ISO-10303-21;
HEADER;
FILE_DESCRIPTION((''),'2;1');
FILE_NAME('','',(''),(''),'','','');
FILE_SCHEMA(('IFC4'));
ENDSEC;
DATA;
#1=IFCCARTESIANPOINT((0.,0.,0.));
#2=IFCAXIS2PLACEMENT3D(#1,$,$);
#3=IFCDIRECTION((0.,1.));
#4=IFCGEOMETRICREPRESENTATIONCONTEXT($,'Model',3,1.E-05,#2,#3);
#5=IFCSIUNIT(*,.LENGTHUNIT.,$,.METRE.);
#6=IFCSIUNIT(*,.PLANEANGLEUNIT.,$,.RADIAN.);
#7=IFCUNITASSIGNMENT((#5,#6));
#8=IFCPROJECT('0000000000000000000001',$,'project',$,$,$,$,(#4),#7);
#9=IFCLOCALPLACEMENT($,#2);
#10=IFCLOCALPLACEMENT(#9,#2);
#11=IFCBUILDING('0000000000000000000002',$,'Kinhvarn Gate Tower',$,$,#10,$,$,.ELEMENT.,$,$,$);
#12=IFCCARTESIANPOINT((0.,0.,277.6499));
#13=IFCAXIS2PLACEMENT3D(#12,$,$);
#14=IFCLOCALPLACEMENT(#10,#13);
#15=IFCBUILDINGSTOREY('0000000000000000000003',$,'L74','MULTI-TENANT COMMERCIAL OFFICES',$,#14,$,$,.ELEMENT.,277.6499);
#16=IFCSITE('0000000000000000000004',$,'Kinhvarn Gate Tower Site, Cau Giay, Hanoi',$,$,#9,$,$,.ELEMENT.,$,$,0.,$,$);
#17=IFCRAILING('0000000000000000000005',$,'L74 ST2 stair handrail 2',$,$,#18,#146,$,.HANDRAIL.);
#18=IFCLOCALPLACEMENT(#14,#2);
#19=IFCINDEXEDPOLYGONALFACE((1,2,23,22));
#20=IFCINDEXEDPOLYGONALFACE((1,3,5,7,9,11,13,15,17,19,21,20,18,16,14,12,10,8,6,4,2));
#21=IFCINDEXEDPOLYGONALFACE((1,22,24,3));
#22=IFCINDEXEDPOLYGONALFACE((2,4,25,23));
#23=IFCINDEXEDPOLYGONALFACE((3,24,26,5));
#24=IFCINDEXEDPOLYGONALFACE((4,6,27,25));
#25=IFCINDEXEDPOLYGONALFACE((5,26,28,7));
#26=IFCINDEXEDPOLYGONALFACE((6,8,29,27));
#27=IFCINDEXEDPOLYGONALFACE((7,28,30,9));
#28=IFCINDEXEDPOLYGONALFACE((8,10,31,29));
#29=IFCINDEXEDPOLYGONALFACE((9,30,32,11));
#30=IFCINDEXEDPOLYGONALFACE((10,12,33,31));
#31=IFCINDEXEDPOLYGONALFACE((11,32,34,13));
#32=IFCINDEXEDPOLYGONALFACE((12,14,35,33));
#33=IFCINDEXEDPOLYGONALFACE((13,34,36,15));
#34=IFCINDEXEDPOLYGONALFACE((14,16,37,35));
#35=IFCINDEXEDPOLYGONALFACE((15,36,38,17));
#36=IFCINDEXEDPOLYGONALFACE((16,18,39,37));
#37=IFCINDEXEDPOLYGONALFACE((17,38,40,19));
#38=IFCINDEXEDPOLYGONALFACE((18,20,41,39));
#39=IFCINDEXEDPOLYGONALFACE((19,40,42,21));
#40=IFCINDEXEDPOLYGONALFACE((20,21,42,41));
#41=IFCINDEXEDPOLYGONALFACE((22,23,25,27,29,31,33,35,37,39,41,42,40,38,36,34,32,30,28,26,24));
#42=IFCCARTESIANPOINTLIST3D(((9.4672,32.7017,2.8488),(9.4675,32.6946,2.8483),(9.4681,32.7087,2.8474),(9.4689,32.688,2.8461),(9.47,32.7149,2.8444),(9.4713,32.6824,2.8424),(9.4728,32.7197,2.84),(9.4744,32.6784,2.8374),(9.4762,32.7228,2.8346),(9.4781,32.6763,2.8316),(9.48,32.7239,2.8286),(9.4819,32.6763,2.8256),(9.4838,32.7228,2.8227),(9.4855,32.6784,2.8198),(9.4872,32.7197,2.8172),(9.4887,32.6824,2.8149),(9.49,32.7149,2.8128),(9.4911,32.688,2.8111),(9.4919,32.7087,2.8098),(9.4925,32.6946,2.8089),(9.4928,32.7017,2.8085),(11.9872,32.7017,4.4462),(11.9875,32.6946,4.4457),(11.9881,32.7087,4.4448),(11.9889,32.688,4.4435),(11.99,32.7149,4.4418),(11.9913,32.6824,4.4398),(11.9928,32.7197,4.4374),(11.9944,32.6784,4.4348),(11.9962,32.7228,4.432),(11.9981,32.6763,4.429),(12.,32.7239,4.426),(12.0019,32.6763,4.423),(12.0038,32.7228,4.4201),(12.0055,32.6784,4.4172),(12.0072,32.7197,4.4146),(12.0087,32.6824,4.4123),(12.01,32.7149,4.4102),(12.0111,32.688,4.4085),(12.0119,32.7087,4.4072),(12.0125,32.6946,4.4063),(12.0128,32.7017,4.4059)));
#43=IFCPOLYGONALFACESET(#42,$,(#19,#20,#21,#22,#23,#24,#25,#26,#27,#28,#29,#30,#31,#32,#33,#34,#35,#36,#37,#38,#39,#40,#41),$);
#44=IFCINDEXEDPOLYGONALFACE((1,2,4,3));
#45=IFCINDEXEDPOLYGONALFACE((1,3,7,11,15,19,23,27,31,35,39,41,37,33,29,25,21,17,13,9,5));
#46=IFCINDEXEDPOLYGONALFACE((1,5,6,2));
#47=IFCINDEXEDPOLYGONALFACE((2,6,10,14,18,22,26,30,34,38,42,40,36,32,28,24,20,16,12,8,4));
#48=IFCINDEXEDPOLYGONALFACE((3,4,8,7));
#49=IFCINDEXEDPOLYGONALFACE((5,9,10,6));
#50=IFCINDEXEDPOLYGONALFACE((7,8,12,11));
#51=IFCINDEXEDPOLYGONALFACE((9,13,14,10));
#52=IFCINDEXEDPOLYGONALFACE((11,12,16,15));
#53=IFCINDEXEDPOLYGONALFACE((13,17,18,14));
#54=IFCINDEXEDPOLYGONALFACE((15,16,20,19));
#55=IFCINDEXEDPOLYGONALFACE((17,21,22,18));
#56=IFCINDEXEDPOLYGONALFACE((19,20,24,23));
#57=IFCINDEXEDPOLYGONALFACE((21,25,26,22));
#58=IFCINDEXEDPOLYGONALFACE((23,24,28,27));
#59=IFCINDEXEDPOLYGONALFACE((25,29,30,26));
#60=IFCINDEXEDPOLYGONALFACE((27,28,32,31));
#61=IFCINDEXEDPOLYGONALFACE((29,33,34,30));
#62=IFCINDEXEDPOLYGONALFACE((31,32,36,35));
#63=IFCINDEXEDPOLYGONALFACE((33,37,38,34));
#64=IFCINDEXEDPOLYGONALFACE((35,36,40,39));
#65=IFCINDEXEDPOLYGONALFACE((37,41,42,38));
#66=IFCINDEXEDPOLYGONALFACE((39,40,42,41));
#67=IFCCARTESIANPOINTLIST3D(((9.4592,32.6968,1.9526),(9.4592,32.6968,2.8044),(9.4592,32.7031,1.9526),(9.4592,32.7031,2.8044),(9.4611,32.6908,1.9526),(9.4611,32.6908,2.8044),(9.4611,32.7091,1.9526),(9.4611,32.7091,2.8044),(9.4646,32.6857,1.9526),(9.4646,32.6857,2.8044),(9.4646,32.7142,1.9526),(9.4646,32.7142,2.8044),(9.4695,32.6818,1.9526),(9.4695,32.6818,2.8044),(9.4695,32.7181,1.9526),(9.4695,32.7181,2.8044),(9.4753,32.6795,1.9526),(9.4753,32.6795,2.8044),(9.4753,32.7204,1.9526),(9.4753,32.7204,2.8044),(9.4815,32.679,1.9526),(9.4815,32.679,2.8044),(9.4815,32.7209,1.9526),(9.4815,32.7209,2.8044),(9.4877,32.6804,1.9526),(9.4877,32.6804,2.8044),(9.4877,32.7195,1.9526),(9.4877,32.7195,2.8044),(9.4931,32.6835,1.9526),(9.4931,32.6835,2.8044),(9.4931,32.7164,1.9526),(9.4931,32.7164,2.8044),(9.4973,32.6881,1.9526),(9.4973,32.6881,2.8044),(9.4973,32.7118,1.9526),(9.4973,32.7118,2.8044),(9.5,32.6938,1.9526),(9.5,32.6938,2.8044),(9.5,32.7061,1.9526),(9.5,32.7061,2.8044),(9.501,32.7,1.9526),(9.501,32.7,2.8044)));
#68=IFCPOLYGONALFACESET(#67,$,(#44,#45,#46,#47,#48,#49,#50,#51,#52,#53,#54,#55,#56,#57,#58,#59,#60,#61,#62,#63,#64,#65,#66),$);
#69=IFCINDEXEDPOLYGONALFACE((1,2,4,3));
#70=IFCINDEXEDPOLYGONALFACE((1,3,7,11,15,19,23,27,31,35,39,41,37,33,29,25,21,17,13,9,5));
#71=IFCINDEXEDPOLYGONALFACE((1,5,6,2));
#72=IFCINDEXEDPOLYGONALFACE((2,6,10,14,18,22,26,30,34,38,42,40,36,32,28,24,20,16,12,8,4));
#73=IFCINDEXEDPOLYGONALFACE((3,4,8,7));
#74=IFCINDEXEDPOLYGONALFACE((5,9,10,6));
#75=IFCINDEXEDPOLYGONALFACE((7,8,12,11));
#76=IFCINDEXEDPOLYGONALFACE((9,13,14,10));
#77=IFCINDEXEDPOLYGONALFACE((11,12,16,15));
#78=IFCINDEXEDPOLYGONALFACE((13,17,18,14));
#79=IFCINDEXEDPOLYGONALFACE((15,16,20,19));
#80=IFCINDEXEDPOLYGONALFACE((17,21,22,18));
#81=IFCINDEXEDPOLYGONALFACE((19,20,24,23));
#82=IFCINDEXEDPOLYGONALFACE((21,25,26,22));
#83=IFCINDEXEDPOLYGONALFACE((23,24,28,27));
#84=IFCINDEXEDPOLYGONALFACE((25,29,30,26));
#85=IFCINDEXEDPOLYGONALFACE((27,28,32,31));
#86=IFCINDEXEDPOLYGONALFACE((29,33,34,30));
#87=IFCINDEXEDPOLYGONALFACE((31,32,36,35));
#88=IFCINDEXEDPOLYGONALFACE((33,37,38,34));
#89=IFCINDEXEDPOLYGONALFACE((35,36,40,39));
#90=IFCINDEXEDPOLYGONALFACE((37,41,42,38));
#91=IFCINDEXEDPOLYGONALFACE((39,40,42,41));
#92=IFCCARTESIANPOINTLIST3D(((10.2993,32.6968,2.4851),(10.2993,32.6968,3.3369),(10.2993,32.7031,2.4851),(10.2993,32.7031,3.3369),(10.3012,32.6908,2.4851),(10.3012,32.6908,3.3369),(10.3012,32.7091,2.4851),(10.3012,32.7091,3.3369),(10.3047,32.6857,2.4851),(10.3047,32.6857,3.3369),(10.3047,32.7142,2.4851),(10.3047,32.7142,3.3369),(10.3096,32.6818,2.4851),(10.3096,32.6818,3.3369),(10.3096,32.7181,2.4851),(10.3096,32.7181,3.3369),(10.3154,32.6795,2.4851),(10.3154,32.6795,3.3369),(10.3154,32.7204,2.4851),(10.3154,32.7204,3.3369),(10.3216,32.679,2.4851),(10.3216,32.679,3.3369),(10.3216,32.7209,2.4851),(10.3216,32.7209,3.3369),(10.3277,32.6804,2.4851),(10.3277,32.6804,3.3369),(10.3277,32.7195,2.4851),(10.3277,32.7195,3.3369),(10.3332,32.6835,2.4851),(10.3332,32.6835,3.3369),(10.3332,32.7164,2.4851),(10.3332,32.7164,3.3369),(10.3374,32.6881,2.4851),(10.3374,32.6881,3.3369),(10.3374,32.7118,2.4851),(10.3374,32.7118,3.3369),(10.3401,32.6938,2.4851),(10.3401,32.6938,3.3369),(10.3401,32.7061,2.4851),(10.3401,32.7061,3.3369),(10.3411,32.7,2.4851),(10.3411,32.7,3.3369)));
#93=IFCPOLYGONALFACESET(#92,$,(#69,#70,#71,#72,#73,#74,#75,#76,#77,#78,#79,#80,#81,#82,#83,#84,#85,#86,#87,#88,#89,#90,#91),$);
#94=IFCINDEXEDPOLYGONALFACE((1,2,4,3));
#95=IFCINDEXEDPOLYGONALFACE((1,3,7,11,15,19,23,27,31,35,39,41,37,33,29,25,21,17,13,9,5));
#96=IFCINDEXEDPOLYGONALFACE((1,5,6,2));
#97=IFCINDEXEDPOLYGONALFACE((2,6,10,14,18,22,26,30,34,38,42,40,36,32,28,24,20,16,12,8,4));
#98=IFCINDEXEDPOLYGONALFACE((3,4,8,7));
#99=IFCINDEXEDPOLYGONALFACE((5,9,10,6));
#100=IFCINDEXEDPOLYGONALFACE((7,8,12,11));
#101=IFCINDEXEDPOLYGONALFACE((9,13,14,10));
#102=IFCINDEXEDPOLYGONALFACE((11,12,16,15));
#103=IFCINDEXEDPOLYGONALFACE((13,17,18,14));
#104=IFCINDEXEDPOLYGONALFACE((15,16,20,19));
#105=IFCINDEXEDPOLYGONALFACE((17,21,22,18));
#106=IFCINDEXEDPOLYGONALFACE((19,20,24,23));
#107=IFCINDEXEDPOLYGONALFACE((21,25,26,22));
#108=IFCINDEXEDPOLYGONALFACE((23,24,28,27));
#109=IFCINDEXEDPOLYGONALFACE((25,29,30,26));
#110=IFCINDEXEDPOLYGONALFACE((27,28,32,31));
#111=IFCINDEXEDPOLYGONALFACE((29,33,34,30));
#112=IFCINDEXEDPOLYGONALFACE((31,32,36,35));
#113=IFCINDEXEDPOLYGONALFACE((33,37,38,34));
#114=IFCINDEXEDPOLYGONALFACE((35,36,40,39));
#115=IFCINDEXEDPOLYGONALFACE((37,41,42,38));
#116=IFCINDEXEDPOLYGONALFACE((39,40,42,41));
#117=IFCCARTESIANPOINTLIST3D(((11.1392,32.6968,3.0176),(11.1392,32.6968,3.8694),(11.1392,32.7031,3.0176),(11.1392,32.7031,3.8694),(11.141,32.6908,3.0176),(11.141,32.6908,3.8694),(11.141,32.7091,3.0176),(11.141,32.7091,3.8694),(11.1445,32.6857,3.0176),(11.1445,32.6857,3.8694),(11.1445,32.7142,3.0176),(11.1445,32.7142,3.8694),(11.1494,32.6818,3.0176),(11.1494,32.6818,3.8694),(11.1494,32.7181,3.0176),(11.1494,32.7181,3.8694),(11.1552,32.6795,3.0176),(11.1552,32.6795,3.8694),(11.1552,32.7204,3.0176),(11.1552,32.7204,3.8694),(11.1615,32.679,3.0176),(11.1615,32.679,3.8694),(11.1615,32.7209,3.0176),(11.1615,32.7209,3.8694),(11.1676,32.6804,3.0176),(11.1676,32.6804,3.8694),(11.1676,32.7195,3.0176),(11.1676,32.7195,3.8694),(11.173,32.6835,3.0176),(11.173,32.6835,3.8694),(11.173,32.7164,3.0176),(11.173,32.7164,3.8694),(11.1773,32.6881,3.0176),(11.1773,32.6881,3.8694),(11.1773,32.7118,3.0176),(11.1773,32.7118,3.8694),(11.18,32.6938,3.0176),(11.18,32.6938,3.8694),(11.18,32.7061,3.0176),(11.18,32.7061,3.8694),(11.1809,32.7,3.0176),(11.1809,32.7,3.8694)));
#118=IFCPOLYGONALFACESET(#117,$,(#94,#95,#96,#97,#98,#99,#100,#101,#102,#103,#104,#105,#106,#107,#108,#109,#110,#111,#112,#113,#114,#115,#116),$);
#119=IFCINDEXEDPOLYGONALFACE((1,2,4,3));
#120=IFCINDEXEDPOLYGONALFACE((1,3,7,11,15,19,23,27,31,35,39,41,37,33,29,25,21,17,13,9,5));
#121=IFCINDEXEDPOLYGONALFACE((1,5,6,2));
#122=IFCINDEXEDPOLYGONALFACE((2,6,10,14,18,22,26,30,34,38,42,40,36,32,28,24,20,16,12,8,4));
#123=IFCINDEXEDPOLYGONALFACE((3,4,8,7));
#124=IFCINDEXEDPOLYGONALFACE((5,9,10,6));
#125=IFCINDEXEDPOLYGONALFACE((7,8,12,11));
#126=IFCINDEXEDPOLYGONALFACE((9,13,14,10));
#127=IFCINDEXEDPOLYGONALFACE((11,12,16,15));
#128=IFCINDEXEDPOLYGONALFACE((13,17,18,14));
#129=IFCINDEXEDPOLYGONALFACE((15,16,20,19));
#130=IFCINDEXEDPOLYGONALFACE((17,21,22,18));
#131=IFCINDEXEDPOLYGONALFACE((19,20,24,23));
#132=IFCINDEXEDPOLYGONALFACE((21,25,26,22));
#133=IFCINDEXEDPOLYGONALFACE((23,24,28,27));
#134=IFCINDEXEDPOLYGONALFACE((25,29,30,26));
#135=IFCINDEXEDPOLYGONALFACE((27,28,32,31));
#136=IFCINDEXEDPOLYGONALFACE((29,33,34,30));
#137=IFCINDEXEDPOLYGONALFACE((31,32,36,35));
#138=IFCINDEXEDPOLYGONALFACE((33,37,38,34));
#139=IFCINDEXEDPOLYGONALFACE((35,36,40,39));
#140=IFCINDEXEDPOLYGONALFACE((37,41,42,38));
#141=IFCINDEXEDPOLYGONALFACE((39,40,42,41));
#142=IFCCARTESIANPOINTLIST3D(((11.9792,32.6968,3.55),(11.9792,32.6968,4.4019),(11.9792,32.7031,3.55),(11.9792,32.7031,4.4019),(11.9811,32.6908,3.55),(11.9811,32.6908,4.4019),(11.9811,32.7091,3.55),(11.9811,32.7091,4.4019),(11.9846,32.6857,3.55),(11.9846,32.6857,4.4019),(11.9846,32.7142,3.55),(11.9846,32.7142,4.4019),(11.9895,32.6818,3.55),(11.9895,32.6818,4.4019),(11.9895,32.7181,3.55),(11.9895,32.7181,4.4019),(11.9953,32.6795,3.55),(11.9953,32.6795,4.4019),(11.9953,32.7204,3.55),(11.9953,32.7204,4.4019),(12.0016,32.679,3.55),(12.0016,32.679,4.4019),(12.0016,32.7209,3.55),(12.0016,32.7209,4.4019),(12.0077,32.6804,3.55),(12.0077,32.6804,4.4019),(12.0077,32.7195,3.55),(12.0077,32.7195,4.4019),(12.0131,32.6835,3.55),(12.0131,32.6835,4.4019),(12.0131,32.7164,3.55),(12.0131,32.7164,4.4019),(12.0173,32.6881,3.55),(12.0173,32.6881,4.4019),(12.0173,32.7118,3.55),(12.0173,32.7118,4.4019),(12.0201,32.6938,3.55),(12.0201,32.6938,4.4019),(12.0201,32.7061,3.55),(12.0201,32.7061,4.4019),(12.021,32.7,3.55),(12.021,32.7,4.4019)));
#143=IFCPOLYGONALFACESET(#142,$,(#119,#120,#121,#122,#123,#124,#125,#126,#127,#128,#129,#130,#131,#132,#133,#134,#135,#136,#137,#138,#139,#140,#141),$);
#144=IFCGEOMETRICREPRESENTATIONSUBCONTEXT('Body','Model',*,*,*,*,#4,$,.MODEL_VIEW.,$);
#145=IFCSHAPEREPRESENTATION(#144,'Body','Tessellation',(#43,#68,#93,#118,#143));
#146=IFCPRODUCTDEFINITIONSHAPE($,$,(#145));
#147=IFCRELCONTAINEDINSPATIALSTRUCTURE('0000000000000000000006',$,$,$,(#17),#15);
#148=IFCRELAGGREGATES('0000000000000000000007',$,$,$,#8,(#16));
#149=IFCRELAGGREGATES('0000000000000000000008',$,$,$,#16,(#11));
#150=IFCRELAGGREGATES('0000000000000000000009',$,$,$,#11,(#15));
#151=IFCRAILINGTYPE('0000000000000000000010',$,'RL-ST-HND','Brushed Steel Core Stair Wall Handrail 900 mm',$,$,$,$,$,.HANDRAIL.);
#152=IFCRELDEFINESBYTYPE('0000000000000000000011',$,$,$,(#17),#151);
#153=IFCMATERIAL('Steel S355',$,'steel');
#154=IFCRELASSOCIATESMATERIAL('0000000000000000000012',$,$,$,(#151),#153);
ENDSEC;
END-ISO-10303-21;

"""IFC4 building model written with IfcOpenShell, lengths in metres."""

from ifc_helpers import new_model, si_unit, direction, frame, origin, origin_2d, place, context, subcontext, project, spatial, circle, extrude, material, type_object, element, save


model = new_model("IFC4")

# Units and contexts
model_context = context("Model", 3, precision=1e-05, world=origin(), true_north=direction((0.0, 1.0)))
body_context = subcontext(model_context, "Body", "Model", "MODEL_VIEW")
ifc_project = project(units=[si_unit("LENGTHUNIT", "METRE"), si_unit("PLANEANGLEUNIT", "RADIAN")], contexts=[model_context])

# Site, building, storey
site_placement = place(None, origin())
site = spatial("IfcSite", under=ifc_project, at=site_placement, Name="Kinhvarn Gate Tower Site, Cau Giay, Hanoi", CompositionType="ELEMENT", RefElevation=0.0)
building_placement = place(site_placement, origin())
building = spatial("IfcBuilding", under=site, at=building_placement, Name="Kinhvarn Gate Tower", CompositionType="ELEMENT")
storey_placement = place(building_placement, frame((0.0, 0.0, 277.6499)))
storey = spatial("IfcBuildingStorey", under=building, at=storey_placement, Name="L74", Description="MULTI-TENANT COMMERCIAL OFFICES", CompositionType="ELEMENT", Elevation=277.6499)

# Railing
ifc_material_1 = material(Name="Steel S355", Category="steel")
railing_type_1 = type_object("IfcRailingType", Name="RL-ST-HND", Description="Brushed Steel Core Stair Wall Handrail 900 mm", PredefinedType="HANDRAIL", material=ifc_material_1)
railing_1_placement = place(storey_placement, frame((9.48, 32.7, 1.9526)))
element("IfcRailing", 1, at=railing_1_placement, inside=storey, type_object=railing_type_1, Name="L74 ST2 stair handrail 2", PredefinedType="HANDRAIL", context=body_context, shape_type="SweptSolid", body=[
    extrude(circle(Radius=0.0239, at=origin_2d()), frame((0.0, 0.0, 0.876), z_axis=(0.844607, 0.0, 0.535387), x_axis=(0.0, 1.0, 0.0)), (0.0, 0.0, 1.0), 2.9836),
    extrude(circle(Radius=0.021, at=origin_2d()), origin(), (0.0, 0.0, 1.0), 0.8518),
    extrude(circle(Radius=0.021, at=origin_2d()), frame((0.8401, 0.0, 0.5325)), (0.0, 0.0, 1.0), 0.8518),
    extrude(circle(Radius=0.021, at=origin_2d()), frame((1.6799, 0.0, 1.0649)), (0.0, 0.0, 1.0), 0.8518),
    extrude(circle(Radius=0.021, at=origin_2d()), frame((2.52, 0.0, 1.5974)), (0.0, 0.0, 1.0), 0.8518),
])

save(model, "model.ifc")
